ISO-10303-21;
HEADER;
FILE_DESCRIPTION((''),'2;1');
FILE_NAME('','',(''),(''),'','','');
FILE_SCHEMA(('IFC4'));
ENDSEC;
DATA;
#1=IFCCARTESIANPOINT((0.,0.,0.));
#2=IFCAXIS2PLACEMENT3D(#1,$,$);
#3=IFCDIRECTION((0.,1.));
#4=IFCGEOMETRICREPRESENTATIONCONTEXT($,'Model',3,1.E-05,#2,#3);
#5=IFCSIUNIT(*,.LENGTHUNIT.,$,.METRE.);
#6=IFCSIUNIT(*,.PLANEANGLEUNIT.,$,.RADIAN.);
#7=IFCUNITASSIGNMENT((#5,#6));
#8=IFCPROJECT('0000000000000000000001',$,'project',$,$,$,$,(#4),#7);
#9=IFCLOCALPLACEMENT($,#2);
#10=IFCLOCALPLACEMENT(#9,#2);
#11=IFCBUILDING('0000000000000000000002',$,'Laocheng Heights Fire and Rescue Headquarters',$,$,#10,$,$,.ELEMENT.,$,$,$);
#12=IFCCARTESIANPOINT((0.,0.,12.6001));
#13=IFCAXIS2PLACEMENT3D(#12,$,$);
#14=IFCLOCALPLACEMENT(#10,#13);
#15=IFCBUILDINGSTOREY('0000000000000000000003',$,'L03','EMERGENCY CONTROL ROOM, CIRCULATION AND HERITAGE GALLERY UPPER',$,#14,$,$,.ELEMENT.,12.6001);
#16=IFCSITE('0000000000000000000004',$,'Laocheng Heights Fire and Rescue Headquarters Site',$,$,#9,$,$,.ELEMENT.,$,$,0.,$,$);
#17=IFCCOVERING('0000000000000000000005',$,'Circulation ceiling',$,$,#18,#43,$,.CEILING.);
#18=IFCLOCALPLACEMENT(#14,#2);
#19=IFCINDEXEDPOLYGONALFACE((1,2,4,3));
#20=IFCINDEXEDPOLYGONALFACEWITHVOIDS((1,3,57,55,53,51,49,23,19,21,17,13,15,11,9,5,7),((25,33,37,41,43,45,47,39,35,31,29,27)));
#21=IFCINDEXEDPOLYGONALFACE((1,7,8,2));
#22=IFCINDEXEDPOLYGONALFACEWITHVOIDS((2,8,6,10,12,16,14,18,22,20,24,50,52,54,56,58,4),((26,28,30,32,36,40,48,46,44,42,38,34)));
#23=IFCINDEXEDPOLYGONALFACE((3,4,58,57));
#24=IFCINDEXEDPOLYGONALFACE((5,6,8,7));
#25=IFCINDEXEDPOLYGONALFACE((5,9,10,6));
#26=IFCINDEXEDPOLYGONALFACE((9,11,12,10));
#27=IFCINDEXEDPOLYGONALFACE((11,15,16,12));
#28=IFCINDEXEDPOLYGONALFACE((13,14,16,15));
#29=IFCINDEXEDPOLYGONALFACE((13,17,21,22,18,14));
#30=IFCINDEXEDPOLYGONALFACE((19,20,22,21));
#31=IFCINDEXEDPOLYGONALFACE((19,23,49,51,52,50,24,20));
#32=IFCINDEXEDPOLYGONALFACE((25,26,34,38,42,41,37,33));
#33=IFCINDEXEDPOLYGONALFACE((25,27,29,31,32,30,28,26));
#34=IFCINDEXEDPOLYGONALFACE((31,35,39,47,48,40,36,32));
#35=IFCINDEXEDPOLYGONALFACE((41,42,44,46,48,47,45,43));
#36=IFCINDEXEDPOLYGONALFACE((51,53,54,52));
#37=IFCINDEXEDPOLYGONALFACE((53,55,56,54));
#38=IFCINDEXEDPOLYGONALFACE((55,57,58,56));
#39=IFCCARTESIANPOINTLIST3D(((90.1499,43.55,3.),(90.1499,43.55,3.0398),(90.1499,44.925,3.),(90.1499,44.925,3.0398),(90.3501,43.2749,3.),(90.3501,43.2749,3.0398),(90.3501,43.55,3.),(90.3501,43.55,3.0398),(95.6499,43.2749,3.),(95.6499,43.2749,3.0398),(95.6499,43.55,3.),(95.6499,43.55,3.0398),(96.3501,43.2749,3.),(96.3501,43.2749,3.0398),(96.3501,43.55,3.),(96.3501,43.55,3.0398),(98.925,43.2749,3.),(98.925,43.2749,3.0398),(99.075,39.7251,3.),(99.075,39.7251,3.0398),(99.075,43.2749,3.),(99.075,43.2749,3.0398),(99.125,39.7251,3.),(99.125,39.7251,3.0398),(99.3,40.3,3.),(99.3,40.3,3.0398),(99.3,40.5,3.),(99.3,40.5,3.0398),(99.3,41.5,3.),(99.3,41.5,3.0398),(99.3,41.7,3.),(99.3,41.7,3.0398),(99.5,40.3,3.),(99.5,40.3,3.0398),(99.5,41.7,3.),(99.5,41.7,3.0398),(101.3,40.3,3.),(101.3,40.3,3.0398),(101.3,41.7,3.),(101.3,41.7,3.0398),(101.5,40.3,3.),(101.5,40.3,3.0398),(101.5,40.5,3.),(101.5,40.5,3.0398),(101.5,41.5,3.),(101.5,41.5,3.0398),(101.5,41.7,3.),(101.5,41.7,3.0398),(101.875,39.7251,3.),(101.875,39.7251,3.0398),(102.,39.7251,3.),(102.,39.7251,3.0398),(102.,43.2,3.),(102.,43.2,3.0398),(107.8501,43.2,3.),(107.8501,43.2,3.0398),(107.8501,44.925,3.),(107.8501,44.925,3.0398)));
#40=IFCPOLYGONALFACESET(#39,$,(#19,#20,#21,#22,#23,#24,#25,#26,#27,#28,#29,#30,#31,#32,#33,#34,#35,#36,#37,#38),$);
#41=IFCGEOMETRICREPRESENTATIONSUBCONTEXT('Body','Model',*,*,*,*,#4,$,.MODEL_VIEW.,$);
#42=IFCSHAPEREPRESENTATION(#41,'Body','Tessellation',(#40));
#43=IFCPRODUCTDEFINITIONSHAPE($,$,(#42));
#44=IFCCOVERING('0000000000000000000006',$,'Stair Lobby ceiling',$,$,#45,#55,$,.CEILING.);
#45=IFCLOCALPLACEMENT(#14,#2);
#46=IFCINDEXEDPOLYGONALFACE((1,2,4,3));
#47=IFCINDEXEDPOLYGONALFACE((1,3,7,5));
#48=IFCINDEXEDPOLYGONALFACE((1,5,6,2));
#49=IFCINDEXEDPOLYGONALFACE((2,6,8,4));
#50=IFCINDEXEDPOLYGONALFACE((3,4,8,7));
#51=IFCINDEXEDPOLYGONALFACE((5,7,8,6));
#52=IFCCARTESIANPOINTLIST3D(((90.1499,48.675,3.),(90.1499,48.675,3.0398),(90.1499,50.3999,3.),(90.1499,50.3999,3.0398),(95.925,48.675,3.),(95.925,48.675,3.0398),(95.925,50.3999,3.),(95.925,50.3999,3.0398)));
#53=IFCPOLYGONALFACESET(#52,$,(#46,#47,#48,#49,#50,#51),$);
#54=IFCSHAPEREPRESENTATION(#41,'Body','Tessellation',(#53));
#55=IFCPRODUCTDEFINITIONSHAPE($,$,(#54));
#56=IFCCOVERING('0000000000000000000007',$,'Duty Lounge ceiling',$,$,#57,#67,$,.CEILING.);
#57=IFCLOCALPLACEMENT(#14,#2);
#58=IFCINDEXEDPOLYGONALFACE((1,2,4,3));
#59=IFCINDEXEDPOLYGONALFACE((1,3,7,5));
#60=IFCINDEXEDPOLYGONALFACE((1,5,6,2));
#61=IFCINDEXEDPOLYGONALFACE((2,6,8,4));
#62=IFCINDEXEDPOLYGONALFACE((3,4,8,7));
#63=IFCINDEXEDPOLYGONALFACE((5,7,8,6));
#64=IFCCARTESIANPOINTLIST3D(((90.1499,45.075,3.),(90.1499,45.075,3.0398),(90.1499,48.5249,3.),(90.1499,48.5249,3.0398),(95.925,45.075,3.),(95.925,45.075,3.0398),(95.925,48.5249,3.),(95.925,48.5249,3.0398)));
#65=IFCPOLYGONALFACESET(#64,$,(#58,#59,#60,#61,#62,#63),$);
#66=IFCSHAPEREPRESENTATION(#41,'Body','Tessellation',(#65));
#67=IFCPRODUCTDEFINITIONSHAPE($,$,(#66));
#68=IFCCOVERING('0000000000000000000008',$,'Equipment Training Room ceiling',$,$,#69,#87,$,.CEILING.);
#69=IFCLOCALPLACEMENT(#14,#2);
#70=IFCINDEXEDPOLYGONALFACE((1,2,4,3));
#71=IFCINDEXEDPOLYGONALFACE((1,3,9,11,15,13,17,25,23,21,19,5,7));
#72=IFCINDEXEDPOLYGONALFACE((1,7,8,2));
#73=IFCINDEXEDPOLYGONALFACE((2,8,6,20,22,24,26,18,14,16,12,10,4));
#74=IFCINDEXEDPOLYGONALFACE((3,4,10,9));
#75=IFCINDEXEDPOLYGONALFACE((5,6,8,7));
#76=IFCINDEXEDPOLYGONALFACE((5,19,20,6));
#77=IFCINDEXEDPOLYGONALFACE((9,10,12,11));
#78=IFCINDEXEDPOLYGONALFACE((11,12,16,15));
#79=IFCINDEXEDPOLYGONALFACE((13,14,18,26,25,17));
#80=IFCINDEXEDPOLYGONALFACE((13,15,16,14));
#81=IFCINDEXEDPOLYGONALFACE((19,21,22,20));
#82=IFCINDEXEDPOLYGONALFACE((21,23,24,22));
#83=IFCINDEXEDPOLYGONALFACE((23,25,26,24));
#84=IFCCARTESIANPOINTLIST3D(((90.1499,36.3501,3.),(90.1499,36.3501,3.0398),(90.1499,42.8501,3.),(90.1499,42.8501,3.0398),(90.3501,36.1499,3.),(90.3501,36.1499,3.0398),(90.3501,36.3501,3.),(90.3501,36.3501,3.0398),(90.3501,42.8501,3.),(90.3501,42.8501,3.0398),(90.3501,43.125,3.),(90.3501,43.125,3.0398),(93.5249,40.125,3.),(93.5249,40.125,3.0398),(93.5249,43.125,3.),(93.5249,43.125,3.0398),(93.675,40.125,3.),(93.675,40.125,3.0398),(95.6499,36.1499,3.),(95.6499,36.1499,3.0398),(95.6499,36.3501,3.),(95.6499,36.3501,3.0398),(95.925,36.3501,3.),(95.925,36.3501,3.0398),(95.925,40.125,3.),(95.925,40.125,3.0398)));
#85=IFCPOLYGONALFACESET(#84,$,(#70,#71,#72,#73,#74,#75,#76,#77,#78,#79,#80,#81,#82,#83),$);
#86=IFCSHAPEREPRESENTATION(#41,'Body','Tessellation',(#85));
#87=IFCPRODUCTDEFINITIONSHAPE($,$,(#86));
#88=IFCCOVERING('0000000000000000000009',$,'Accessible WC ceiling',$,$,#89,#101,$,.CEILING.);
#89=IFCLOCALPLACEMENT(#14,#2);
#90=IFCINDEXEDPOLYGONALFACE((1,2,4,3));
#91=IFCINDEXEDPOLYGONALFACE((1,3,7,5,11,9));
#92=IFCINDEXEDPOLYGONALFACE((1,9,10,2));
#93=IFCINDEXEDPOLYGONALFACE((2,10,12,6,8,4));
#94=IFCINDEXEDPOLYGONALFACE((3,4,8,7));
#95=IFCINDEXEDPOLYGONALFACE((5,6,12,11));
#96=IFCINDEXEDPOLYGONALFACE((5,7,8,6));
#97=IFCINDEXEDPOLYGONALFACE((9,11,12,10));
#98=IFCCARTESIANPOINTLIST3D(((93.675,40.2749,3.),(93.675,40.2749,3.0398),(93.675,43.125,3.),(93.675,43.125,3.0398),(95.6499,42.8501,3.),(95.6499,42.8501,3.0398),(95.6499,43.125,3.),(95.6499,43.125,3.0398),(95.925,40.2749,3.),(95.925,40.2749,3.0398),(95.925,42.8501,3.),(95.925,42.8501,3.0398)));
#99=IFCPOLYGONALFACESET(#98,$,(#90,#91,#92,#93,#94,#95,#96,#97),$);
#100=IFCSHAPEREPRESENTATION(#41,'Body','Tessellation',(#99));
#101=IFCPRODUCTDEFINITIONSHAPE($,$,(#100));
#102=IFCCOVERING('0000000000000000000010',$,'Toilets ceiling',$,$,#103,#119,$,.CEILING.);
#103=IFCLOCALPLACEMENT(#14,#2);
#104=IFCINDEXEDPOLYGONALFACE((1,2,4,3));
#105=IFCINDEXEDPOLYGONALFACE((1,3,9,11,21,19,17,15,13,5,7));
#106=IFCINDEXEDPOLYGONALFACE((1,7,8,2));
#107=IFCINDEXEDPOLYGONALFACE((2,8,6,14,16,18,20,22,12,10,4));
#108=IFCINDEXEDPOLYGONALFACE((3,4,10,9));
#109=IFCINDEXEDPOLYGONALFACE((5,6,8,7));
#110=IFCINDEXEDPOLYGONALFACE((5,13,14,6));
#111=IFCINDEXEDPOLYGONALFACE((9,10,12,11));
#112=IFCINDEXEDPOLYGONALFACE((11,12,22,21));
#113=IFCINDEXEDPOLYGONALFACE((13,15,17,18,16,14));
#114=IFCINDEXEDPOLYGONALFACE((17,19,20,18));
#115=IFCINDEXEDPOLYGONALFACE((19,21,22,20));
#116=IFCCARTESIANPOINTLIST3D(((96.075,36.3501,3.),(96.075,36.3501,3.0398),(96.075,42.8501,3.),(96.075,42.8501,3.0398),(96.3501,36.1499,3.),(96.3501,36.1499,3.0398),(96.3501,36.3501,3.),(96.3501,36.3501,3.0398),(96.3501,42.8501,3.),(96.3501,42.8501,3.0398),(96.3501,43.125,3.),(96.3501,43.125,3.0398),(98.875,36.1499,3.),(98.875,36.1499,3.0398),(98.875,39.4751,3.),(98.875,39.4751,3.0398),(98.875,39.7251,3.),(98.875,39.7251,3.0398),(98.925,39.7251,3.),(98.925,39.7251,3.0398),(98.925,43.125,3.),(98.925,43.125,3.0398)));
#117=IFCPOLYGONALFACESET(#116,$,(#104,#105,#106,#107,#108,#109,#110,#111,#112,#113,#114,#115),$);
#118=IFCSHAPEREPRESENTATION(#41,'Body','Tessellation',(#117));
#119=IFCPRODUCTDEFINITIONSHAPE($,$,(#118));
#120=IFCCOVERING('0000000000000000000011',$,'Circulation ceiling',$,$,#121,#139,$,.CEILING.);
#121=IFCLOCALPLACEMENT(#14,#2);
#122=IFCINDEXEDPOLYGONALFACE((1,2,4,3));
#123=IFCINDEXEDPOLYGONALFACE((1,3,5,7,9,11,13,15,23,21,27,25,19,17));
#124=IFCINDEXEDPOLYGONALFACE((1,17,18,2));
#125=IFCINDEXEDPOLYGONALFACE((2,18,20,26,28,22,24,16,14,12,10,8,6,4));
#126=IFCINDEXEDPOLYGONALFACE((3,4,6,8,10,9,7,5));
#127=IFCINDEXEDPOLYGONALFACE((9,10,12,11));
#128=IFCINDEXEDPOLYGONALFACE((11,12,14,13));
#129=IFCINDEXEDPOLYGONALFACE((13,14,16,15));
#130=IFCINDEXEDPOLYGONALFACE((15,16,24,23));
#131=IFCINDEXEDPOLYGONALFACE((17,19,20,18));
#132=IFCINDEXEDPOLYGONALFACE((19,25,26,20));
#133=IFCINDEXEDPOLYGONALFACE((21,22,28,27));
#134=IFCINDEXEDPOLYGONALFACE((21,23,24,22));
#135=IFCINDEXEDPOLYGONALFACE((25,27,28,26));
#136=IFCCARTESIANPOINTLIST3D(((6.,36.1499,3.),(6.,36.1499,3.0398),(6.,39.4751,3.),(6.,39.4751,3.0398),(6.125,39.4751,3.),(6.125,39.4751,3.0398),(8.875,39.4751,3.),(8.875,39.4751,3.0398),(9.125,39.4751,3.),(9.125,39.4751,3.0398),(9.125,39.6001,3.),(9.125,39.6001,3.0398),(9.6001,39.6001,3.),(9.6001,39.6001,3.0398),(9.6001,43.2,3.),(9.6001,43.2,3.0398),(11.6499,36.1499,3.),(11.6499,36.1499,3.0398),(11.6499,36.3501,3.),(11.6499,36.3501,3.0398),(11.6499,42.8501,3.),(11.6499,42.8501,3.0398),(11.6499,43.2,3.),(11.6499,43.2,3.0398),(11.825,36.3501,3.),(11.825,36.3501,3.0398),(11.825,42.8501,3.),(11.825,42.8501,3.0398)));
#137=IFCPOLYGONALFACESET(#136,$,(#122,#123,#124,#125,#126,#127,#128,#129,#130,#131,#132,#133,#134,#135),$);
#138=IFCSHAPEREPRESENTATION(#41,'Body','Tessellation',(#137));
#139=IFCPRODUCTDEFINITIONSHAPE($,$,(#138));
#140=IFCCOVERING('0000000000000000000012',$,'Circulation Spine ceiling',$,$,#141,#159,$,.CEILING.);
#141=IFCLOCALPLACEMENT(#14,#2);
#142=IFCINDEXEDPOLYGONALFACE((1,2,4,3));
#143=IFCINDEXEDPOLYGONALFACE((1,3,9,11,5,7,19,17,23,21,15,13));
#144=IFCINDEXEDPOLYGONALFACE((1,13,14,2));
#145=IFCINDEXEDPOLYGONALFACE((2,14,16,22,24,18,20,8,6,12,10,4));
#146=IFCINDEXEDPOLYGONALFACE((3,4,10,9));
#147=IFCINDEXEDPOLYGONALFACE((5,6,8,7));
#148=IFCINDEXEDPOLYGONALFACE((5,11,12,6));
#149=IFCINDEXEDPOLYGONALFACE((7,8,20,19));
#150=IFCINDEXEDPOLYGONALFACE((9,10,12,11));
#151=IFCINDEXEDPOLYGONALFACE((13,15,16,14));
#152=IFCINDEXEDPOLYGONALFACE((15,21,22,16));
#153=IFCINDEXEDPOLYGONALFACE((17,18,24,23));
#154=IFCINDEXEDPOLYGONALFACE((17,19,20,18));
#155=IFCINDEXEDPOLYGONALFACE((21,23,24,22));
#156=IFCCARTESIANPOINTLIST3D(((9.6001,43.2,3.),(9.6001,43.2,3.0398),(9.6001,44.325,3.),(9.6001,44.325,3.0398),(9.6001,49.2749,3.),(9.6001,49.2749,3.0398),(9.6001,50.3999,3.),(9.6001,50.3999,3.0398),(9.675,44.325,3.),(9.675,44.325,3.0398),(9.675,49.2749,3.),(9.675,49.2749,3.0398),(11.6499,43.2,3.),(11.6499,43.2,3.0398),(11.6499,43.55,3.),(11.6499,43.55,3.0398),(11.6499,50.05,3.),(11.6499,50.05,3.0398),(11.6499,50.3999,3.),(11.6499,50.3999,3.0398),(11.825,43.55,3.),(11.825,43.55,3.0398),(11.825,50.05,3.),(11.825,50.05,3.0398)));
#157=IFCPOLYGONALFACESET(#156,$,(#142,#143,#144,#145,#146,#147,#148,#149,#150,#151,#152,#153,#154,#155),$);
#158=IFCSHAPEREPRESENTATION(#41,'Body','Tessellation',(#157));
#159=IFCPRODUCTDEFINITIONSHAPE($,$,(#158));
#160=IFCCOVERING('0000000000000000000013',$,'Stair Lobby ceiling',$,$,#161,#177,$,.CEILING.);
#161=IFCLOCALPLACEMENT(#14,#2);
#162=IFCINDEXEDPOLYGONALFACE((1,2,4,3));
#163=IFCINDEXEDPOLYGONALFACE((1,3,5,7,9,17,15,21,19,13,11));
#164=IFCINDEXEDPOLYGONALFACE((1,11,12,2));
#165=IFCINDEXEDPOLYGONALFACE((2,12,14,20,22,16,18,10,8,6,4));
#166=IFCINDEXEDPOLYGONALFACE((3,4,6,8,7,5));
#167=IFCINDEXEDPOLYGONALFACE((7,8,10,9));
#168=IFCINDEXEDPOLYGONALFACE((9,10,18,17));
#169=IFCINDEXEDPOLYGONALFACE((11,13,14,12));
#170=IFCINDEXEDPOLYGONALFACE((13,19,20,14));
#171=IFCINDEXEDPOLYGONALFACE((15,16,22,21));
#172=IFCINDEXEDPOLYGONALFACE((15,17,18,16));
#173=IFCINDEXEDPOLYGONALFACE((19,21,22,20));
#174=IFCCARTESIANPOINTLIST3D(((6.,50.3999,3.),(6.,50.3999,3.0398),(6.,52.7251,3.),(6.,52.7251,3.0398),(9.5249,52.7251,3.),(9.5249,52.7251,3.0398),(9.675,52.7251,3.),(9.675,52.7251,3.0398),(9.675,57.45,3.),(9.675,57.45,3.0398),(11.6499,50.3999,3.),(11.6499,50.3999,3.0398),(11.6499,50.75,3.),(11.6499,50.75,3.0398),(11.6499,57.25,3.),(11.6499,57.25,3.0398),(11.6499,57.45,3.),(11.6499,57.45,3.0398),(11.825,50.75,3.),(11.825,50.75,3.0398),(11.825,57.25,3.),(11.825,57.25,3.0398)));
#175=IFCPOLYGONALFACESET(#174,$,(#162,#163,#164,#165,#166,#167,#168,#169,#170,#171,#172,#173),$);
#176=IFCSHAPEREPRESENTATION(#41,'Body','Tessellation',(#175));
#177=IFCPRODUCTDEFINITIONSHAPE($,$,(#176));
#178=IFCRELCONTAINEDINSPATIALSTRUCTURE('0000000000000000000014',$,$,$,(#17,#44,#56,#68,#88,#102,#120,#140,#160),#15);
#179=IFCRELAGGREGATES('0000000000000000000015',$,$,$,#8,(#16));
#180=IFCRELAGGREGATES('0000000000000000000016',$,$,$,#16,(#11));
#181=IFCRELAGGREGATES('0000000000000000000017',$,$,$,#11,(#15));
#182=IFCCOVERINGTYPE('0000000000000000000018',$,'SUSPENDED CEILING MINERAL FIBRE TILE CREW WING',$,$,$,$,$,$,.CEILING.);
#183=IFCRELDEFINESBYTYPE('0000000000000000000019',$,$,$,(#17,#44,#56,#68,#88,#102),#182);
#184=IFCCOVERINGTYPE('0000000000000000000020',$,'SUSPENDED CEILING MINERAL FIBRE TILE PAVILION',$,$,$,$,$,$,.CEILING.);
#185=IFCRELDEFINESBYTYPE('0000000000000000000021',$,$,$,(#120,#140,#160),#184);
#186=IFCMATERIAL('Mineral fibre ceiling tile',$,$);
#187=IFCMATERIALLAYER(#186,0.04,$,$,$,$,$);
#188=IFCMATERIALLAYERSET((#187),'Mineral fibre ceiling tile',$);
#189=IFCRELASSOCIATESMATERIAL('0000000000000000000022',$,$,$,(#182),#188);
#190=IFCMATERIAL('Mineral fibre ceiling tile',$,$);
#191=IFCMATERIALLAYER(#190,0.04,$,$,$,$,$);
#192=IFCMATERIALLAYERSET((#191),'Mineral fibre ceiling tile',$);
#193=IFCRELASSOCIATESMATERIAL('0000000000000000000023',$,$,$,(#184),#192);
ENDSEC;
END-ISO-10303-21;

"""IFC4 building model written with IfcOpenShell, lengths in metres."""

from ifc_helpers import new_model, si_unit, direction, frame, origin, place, context, subcontext, project, spatial, polyline, outline, extrude, material, layer, layer_set, type_object, element, save


model = new_model("IFC4")

# Units and contexts
model_context = context("Model", 3, precision=1e-05, world=origin(), true_north=direction((0.0, 1.0)))
body_context = subcontext(model_context, "Body", "Model", "MODEL_VIEW")
ifc_project = project(units=[si_unit("LENGTHUNIT", "METRE"), si_unit("PLANEANGLEUNIT", "RADIAN")], contexts=[model_context])

# Site, building, storey
site_placement = place(None, origin())
site = spatial("IfcSite", under=ifc_project, at=site_placement, Name="Laocheng Heights Fire and Rescue Headquarters Site", CompositionType="ELEMENT", RefElevation=0.0)
building_placement = place(site_placement, origin())
building = spatial("IfcBuilding", under=site, at=building_placement, Name="Laocheng Heights Fire and Rescue Headquarters", CompositionType="ELEMENT")
storey_placement = place(building_placement, frame((0.0, 0.0, 12.6001)))
storey = spatial("IfcBuildingStorey", under=building, at=storey_placement, Name="L03", Description="EMERGENCY CONTROL ROOM, CIRCULATION AND HERITAGE GALLERY UPPER", CompositionType="ELEMENT", Elevation=12.6001)

# Coverings
ifc_material_1 = material(Name="Mineral fibre ceiling tile")
ifc_layer_1 = layer(ifc_material_1, 0.04)
ifc_layer_set_1 = layer_set([ifc_layer_1], Name="Mineral fibre ceiling tile")
covering_type_1 = type_object("IfcCoveringType", Name="SUSPENDED CEILING MINERAL FIBRE TILE CREW WING", PredefinedType="CEILING", material=ifc_layer_set_1)
covering_1_placement = place(storey_placement, frame((0.0, 0.0, 3.0)))
element("IfcCovering", 1, at=covering_1_placement, inside=storey, type_object=covering_type_1, Name="Circulation ceiling", PredefinedType="CEILING", context=body_context, shape_type="SweptSolid", body=[
    extrude(outline(polyline([(102.0, 39.7251), (101.875, 39.7251), (99.125, 39.7251), (99.075, 39.7251), (99.075, 43.2749), (98.925, 43.2749), (96.3501, 43.2749), (96.3501, 43.55), (95.6499, 43.55), (95.6499, 43.2749), (90.3501, 43.2749), (90.3501, 43.55), (90.1499, 43.55), (90.1499, 44.925), (107.8501, 44.925), (107.8501, 43.2), (102.0, 43.2), (102.0, 39.7251)]), holes=[polyline([(101.5, 40.5), (101.5, 41.5), (101.5, 41.7), (101.3, 41.7), (99.5, 41.7), (99.3, 41.7), (99.3, 41.5), (99.3, 40.5), (99.3, 40.3), (99.5, 40.3), (101.3, 40.3), (101.5, 40.3), (101.5, 40.5)])]), origin(), (0.0, 0.0, 1.0), 0.0398),
])
covering_2_placement = place(storey_placement, frame((0.0, 0.0, 3.0)))
element("IfcCovering", 2, at=covering_2_placement, inside=storey, type_object=covering_type_1, Name="Stair Lobby ceiling", PredefinedType="CEILING", context=body_context, shape_type="SweptSolid", body=[
    extrude(outline(polyline([(95.925, 48.675), (90.1499, 48.675), (90.1499, 50.3999), (95.925, 50.3999), (95.925, 48.675)])), origin(), (0.0, 0.0, 1.0), 0.0398),
])
covering_3_placement = place(storey_placement, frame((0.0, 0.0, 3.0)))
element("IfcCovering", 3, at=covering_3_placement, inside=storey, type_object=covering_type_1, Name="Duty Lounge ceiling", PredefinedType="CEILING", context=body_context, shape_type="SweptSolid", body=[
    extrude(outline(polyline([(95.925, 45.075), (90.1499, 45.075), (90.1499, 48.5249), (95.925, 48.5249), (95.925, 45.075)])), origin(), (0.0, 0.0, 1.0), 0.0398),
])
covering_4_placement = place(storey_placement, frame((0.0, 0.0, 3.0)))
element("IfcCovering", 4, at=covering_4_placement, inside=storey, type_object=covering_type_1, Name="Equipment Training Room ceiling", PredefinedType="CEILING", context=body_context, shape_type="SweptSolid", body=[
    extrude(outline(polyline([(90.3501, 36.1499), (90.3501, 36.3501), (90.1499, 36.3501), (90.1499, 42.8501), (90.3501, 42.8501), (90.3501, 43.125), (93.5249, 43.125), (93.5249, 40.125), (93.675, 40.125), (95.925, 40.125), (95.925, 36.3501), (95.6499, 36.3501), (95.6499, 36.1499), (90.3501, 36.1499)])), origin(), (0.0, 0.0, 1.0), 0.0398),
])
covering_5_placement = place(storey_placement, frame((0.0, 0.0, 3.0)))
element("IfcCovering", 5, at=covering_5_placement, inside=storey, type_object=covering_type_1, Name="Accessible WC ceiling", PredefinedType="CEILING", context=body_context, shape_type="SweptSolid", body=[
    extrude(outline(polyline([(95.6499, 43.125), (95.6499, 42.8501), (95.925, 42.8501), (95.925, 40.2749), (93.675, 40.2749), (93.675, 43.125), (95.6499, 43.125)])), origin(), (0.0, 0.0, 1.0), 0.0398),
])
covering_6_placement = place(storey_placement, frame((0.0, 0.0, 3.0)))
element("IfcCovering", 6, at=covering_6_placement, inside=storey, type_object=covering_type_1, Name="Toilets ceiling", PredefinedType="CEILING", context=body_context, shape_type="SweptSolid", body=[
    extrude(outline(polyline([(96.3501, 36.1499), (96.3501, 36.3501), (96.075, 36.3501), (96.075, 42.8501), (96.3501, 42.8501), (96.3501, 43.125), (98.925, 43.125), (98.925, 39.7251), (98.875, 39.7251), (98.875, 39.4751), (98.875, 36.1499), (96.3501, 36.1499)])), origin(), (0.0, 0.0, 1.0), 0.0398),
])
ifc_material_2 = material(Name="Mineral fibre ceiling tile")
ifc_layer_2 = layer(ifc_material_2, 0.04)
ifc_layer_set_2 = layer_set([ifc_layer_2], Name="Mineral fibre ceiling tile")
covering_type_2 = type_object("IfcCoveringType", Name="SUSPENDED CEILING MINERAL FIBRE TILE PAVILION", PredefinedType="CEILING", material=ifc_layer_set_2)
covering_7_placement = place(storey_placement, frame((0.0, 0.0, 3.0)))
element("IfcCovering", 7, at=covering_7_placement, inside=storey, type_object=covering_type_2, Name="Circulation ceiling", PredefinedType="CEILING", context=body_context, shape_type="SweptSolid", body=[
    extrude(outline(polyline([(6.125, 39.4751), (8.875, 39.4751), (9.125, 39.4751), (9.125, 39.6001), (9.6001, 39.6001), (9.6001, 43.2), (11.6499, 43.2), (11.6499, 42.8501), (11.825, 42.8501), (11.825, 36.3501), (11.6499, 36.3501), (11.6499, 36.1499), (6.0, 36.1499), (6.0, 39.4751), (6.125, 39.4751)])), origin(), (0.0, 0.0, 1.0), 0.0398),
])
covering_8_placement = place(storey_placement, frame((0.0, 0.0, 3.0)))
element("IfcCovering", 8, at=covering_8_placement, inside=storey, type_object=covering_type_2, Name="Circulation Spine ceiling", PredefinedType="CEILING", context=body_context, shape_type="SweptSolid", body=[
    extrude(outline(polyline([(11.6499, 50.3999), (11.6499, 50.05), (11.825, 50.05), (11.825, 43.55), (11.6499, 43.55), (11.6499, 43.2), (9.6001, 43.2), (9.6001, 44.325), (9.675, 44.325), (9.675, 49.2749), (9.6001, 49.2749), (9.6001, 50.3999), (11.6499, 50.3999)])), origin(), (0.0, 0.0, 1.0), 0.0398),
])
covering_9_placement = place(storey_placement, frame((0.0, 0.0, 3.0)))
element("IfcCovering", 9, at=covering_9_placement, inside=storey, type_object=covering_type_2, Name="Stair Lobby ceiling", PredefinedType="CEILING", context=body_context, shape_type="SweptSolid", body=[
    extrude(outline(polyline([(6.0, 52.7251), (9.5249, 52.7251), (9.675, 52.7251), (9.675, 57.45), (11.6499, 57.45), (11.6499, 57.25), (11.825, 57.25), (11.825, 50.75), (11.6499, 50.75), (11.6499, 50.3999), (6.0, 50.3999), (6.0, 52.7251)])), origin(), (0.0, 0.0, 1.0), 0.0398),
])

save(model, "model.ifc")
